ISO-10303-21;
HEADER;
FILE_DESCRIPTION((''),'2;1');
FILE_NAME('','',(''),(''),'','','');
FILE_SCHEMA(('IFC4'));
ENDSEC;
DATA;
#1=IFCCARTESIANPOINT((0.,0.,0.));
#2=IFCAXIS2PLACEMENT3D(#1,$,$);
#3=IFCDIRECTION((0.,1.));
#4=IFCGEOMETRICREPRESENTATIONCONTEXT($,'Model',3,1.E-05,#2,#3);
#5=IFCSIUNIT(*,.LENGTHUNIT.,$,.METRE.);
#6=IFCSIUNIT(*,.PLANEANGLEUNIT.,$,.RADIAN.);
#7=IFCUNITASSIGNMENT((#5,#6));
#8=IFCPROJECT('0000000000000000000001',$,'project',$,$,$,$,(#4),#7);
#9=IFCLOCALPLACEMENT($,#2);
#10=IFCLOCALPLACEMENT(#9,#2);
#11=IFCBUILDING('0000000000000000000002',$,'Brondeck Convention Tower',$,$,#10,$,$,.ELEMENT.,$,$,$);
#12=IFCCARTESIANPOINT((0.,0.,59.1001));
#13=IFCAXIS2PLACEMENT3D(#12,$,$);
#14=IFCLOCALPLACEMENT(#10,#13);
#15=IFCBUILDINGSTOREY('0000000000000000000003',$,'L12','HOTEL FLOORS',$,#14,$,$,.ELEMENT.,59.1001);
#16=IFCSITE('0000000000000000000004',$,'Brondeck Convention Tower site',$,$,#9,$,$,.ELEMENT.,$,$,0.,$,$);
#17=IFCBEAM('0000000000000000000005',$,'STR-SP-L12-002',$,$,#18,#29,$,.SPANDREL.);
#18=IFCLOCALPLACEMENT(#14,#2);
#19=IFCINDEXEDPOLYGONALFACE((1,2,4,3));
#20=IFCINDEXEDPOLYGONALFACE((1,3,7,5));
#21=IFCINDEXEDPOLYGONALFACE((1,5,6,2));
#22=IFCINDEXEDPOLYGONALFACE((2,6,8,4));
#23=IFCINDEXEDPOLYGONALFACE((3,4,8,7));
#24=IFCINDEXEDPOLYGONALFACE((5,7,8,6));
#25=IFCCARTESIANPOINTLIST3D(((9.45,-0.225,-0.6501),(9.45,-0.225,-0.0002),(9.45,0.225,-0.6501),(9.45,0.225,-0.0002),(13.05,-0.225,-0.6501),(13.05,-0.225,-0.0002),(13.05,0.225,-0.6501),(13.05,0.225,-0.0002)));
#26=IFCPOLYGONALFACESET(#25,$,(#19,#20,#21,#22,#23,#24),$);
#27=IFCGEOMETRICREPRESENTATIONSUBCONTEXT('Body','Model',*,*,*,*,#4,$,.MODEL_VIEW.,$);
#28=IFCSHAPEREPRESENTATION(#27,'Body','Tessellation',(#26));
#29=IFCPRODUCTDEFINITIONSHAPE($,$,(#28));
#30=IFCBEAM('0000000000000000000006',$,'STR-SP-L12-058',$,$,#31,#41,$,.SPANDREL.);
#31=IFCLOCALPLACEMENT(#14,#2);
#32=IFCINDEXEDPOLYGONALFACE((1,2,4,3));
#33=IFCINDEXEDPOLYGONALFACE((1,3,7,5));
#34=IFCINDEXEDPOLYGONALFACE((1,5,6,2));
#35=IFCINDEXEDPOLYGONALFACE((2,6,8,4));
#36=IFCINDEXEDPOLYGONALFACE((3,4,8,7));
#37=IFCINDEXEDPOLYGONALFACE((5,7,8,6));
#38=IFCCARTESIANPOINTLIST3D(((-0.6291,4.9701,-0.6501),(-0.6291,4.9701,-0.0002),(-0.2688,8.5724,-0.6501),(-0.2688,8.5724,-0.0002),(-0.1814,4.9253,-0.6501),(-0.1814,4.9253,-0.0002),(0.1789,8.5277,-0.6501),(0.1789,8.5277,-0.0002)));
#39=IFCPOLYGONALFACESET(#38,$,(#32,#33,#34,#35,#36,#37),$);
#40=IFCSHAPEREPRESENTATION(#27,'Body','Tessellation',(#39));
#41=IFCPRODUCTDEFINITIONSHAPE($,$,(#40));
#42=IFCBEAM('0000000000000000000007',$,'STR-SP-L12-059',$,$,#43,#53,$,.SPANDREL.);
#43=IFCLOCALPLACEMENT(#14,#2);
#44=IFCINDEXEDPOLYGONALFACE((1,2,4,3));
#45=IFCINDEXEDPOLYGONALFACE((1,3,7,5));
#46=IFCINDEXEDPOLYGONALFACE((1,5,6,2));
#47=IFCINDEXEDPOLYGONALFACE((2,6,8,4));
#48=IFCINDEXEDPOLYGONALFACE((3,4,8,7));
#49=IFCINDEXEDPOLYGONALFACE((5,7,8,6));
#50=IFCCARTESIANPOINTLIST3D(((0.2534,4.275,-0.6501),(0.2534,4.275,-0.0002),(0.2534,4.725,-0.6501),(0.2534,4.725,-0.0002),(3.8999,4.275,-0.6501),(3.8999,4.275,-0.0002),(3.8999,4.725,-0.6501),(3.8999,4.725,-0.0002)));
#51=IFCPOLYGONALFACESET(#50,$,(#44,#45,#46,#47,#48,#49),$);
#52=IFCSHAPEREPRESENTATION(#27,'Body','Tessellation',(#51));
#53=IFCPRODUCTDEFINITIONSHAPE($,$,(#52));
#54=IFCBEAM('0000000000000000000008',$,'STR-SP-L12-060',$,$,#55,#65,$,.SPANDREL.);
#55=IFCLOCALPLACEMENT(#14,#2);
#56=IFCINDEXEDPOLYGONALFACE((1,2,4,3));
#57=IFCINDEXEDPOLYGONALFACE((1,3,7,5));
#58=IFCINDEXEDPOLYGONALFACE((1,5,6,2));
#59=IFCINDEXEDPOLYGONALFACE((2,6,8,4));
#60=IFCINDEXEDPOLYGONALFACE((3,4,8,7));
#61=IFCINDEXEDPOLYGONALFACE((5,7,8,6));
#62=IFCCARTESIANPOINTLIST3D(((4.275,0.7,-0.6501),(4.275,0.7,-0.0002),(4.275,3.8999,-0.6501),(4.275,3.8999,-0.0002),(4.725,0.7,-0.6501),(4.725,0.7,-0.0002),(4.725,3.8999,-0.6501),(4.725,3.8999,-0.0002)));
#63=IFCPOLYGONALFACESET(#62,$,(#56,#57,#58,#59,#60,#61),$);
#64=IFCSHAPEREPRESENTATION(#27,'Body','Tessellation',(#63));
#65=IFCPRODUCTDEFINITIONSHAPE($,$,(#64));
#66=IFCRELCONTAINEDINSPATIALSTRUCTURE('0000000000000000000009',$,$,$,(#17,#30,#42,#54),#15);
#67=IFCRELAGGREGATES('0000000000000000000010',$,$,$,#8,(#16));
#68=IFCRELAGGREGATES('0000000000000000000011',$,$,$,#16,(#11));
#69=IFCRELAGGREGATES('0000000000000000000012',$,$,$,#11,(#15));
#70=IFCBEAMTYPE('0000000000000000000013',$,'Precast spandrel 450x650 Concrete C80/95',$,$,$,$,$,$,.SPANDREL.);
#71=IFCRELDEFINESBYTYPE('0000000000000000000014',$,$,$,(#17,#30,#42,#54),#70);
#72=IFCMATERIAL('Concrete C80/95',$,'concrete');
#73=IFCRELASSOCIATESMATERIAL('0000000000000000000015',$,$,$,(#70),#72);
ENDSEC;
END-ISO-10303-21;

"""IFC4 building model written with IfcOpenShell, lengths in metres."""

from ifc_helpers import new_model, si_unit, direction, frame, origin, origin_2d, place, context, subcontext, project, spatial, rectangle, extrude, material, material_profile, profile_set, type_object, element, save


model = new_model("IFC4")

# Units and contexts
model_context = context("Model", 3, precision=1e-05, world=origin(), true_north=direction((0.0, 1.0)))
body_context = subcontext(model_context, "Body", "Model", "MODEL_VIEW")
ifc_project = project(units=[si_unit("LENGTHUNIT", "METRE"), si_unit("PLANEANGLEUNIT", "RADIAN")], contexts=[model_context])

# Site, building, storey
site_placement = place(None, origin())
site = spatial("IfcSite", under=ifc_project, at=site_placement, Name="Brondeck Convention Tower site", CompositionType="ELEMENT", RefElevation=0.0)
building_placement = place(site_placement, origin())
building = spatial("IfcBuilding", under=site, at=building_placement, Name="Brondeck Convention Tower", CompositionType="ELEMENT")
storey_placement = place(building_placement, frame((0.0, 0.0, 59.1001)))
storey = spatial("IfcBuildingStorey", under=building, at=storey_placement, Name="L12", Description="HOTEL FLOORS", CompositionType="ELEMENT", Elevation=59.1001)

# Shared definitions
ifc_material_1 = material(Name="Concrete C80/95", Category="concrete")

# Beams
ifc_material_profile_1 = material_profile(ifc_material_1, rectangle(XDim=0.45, YDim=0.6499, at=origin_2d()), Name="Precast spandrel 450x650 Concrete C80/95")
ifc_profile_set_1 = profile_set([ifc_material_profile_1], Name="Concrete C80/95")
beam_type_1 = type_object("IfcBeamType", Name="Precast spandrel 450x650 Concrete C80/95", PredefinedType="SPANDREL", material=ifc_profile_set_1)
for number, where, z_axis, x_axis, name in (
    (1, (9.45, 0.0, -0.3252), (1.0, 0.0, 0.0), (0.0, 1.0, 0.0), "STR-SP-L12-002"),
):
    element("IfcBeam", number, at=place(storey_placement, frame(where, z_axis=z_axis, x_axis=x_axis)), inside=storey, type_object=beam_type_1, Name=name, PredefinedType="SPANDREL", context=body_context, shape_type="SweptSolid", body=[
        extrude(rectangle(XDim=0.45, YDim=0.6499, at=origin_2d()), origin(), (0.0, 0.0, 1.0), 3.6001),
    ])
beam_1_placement = place(storey_placement, frame((-0.0449, 8.55, -0.3252), z_axis=(-0.099537, -0.995034, 0.0), x_axis=(0.995034, -0.099537, 0.0)))
element("IfcBeam", 2, at=beam_1_placement, inside=storey, type_object=beam_type_1, Name="STR-SP-L12-058", PredefinedType="SPANDREL", context=body_context, shape_type="SweptSolid", body=[
    extrude(rectangle(XDim=0.45, YDim=0.6499, at=origin_2d()), origin(), (0.0, 0.0, 1.0), 3.6204),
])
beam_2_placement = place(storey_placement, frame((0.2534, 4.5, -0.3252), z_axis=(1.0, 0.0, 0.0), x_axis=(0.0, 1.0, 0.0)))
element("IfcBeam", 3, at=beam_2_placement, inside=storey, type_object=beam_type_1, Name="STR-SP-L12-059", PredefinedType="SPANDREL", context=body_context, shape_type="SweptSolid", body=[
    extrude(rectangle(XDim=0.45, YDim=0.6499, at=origin_2d()), origin(), (0.0, 0.0, 1.0), 3.6465),
])
beam_3_placement = place(storey_placement, frame((4.5, 3.8999, -0.3252), z_axis=(0.0, -1.0, 0.0), x_axis=(1.0, 0.0, 0.0)))
element("IfcBeam", 4, at=beam_3_placement, inside=storey, type_object=beam_type_1, Name="STR-SP-L12-060", PredefinedType="SPANDREL", context=body_context, shape_type="SweptSolid", body=[
    extrude(rectangle(XDim=0.45, YDim=0.6499, at=origin_2d()), origin(), (0.0, 0.0, 1.0), 3.2),
])

save(model, "model.ifc")
